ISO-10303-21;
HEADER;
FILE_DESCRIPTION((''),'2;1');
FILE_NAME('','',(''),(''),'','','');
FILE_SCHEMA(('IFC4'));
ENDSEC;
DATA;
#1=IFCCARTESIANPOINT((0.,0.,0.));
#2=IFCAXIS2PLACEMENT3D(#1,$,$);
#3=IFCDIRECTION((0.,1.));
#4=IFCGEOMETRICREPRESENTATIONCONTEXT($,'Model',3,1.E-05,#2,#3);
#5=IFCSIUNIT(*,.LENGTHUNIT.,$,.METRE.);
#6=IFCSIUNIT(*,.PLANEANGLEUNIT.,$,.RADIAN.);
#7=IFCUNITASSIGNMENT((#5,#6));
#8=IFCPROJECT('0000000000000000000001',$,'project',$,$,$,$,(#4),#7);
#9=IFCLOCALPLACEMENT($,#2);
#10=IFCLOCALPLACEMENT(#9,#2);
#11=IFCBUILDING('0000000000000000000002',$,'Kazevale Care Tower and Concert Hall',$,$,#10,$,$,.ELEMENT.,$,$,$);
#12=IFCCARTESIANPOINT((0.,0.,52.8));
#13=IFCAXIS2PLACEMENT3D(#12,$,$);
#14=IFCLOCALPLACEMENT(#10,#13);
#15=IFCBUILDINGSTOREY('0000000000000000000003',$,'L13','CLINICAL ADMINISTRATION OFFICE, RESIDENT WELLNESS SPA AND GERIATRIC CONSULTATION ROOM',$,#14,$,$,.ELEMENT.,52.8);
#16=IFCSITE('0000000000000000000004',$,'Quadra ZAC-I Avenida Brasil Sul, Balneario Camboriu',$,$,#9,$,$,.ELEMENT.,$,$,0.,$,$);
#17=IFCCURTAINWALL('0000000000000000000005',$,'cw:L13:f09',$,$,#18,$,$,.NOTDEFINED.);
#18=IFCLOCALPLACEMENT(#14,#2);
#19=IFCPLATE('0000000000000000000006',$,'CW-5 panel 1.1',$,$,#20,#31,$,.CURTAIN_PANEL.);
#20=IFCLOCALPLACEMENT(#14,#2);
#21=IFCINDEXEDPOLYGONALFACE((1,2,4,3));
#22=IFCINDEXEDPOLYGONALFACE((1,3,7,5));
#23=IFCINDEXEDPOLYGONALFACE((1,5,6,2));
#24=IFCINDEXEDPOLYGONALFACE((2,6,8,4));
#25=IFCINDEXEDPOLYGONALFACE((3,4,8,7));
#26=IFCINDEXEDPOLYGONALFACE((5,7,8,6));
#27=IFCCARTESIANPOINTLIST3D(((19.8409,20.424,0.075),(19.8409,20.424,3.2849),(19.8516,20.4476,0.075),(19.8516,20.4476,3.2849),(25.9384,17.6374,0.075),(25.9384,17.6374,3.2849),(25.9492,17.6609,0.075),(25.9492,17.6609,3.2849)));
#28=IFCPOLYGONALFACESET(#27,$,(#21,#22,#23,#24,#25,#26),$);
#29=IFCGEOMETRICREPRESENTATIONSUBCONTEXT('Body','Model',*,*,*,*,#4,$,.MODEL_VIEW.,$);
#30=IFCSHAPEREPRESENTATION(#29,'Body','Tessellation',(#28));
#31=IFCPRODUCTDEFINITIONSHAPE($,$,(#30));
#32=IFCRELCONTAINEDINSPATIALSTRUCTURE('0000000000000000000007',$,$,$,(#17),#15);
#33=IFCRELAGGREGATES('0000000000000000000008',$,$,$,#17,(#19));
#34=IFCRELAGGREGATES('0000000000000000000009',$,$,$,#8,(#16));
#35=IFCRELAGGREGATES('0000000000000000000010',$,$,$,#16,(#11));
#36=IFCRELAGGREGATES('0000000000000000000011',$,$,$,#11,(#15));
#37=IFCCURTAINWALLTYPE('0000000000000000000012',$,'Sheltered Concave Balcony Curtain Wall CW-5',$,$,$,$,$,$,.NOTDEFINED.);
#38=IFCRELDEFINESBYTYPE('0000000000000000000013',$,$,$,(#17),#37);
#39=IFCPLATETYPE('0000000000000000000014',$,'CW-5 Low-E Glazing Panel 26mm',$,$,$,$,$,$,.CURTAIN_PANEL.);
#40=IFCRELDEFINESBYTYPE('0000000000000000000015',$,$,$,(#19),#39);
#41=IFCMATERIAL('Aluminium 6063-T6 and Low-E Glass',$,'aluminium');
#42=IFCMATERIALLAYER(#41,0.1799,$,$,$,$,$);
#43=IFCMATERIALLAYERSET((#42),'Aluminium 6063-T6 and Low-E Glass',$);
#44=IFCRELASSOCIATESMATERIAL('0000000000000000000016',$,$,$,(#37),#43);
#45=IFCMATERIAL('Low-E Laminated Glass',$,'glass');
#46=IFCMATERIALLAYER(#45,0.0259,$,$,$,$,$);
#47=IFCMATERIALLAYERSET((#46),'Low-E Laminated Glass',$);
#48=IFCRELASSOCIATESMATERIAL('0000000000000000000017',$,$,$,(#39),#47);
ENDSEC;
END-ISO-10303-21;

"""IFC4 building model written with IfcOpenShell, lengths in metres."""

from ifc_helpers import new_model, si_unit, direction, frame, origin, origin_2d, place, context, subcontext, project, spatial, rectangle, extrude, material, layer, layer_set, type_object, element, aggregate, save


model = new_model("IFC4")

# Units and contexts
model_context = context("Model", 3, precision=1e-05, world=origin(), true_north=direction((0.0, 1.0)))
body_context = subcontext(model_context, "Body", "Model", "MODEL_VIEW")
ifc_project = project(units=[si_unit("LENGTHUNIT", "METRE"), si_unit("PLANEANGLEUNIT", "RADIAN")], contexts=[model_context])

# Site, building, storey
site_placement = place(None, origin())
site = spatial("IfcSite", under=ifc_project, at=site_placement, Name="Quadra ZAC-I Avenida Brasil Sul, Balneario Camboriu", CompositionType="ELEMENT", RefElevation=0.0)
building_placement = place(site_placement, origin())
building = spatial("IfcBuilding", under=site, at=building_placement, Name="Kazevale Care Tower and Concert Hall", CompositionType="ELEMENT")
storey_placement = place(building_placement, frame((0.0, 0.0, 52.8)))
storey = spatial("IfcBuildingStorey", under=building, at=storey_placement, Name="L13", Description="CLINICAL ADMINISTRATION OFFICE, RESIDENT WELLNESS SPA AND GERIATRIC CONSULTATION ROOM", CompositionType="ELEMENT", Elevation=52.8)

# Shared definitions
ifc_material_1 = material(Name="Aluminium 6063-T6 and Low-E Glass", Category="aluminium")
ifc_layer_1 = layer(ifc_material_1, 0.1799)
ifc_layer_set_1 = layer_set([ifc_layer_1], Name="Aluminium 6063-T6 and Low-E Glass")
curtain_wall_type = type_object("IfcCurtainWallType", Name="Sheltered Concave Balcony Curtain Wall CW-5", PredefinedType="NOTDEFINED", material=ifc_layer_set_1)

# Curtain wall
curtain_wall_1_placement = place(storey_placement, origin())
curtain_wall_1 = element("IfcCurtainWall", 1, at=curtain_wall_1_placement, inside=storey, type_object=curtain_wall_type, Name="cw:L13:f09", PredefinedType="NOTDEFINED")

# Plate
ifc_material_2 = material(Name="Low-E Laminated Glass", Category="glass")
ifc_layer_2 = layer(ifc_material_2, 0.0259)
ifc_layer_set_2 = layer_set([ifc_layer_2], Name="Low-E Laminated Glass")
plate_type = type_object("IfcPlateType", Name="CW-5 Low-E Glazing Panel 26mm", PredefinedType="CURTAIN_PANEL", material=ifc_layer_set_2)
plate_1_placement = place(storey_placement, frame((22.895, 19.0425, 0.075), z_axis=(0.0, 0.0, 1.0), x_axis=(-0.90952, 0.41566, 0.0)))
plate_1 = element("IfcPlate", 2, at=plate_1_placement, type_object=plate_type, Name="CW-5 panel 1.1", PredefinedType="CURTAIN_PANEL", context=body_context, shape_type="SweptSolid", body=[
    extrude(rectangle(XDim=6.7041, YDim=0.0259, at=origin_2d()), origin(), (0.0, 0.0, 1.0), 3.21),
])
aggregate(curtain_wall_1, [plate_1])

save(model, "model.ifc")
